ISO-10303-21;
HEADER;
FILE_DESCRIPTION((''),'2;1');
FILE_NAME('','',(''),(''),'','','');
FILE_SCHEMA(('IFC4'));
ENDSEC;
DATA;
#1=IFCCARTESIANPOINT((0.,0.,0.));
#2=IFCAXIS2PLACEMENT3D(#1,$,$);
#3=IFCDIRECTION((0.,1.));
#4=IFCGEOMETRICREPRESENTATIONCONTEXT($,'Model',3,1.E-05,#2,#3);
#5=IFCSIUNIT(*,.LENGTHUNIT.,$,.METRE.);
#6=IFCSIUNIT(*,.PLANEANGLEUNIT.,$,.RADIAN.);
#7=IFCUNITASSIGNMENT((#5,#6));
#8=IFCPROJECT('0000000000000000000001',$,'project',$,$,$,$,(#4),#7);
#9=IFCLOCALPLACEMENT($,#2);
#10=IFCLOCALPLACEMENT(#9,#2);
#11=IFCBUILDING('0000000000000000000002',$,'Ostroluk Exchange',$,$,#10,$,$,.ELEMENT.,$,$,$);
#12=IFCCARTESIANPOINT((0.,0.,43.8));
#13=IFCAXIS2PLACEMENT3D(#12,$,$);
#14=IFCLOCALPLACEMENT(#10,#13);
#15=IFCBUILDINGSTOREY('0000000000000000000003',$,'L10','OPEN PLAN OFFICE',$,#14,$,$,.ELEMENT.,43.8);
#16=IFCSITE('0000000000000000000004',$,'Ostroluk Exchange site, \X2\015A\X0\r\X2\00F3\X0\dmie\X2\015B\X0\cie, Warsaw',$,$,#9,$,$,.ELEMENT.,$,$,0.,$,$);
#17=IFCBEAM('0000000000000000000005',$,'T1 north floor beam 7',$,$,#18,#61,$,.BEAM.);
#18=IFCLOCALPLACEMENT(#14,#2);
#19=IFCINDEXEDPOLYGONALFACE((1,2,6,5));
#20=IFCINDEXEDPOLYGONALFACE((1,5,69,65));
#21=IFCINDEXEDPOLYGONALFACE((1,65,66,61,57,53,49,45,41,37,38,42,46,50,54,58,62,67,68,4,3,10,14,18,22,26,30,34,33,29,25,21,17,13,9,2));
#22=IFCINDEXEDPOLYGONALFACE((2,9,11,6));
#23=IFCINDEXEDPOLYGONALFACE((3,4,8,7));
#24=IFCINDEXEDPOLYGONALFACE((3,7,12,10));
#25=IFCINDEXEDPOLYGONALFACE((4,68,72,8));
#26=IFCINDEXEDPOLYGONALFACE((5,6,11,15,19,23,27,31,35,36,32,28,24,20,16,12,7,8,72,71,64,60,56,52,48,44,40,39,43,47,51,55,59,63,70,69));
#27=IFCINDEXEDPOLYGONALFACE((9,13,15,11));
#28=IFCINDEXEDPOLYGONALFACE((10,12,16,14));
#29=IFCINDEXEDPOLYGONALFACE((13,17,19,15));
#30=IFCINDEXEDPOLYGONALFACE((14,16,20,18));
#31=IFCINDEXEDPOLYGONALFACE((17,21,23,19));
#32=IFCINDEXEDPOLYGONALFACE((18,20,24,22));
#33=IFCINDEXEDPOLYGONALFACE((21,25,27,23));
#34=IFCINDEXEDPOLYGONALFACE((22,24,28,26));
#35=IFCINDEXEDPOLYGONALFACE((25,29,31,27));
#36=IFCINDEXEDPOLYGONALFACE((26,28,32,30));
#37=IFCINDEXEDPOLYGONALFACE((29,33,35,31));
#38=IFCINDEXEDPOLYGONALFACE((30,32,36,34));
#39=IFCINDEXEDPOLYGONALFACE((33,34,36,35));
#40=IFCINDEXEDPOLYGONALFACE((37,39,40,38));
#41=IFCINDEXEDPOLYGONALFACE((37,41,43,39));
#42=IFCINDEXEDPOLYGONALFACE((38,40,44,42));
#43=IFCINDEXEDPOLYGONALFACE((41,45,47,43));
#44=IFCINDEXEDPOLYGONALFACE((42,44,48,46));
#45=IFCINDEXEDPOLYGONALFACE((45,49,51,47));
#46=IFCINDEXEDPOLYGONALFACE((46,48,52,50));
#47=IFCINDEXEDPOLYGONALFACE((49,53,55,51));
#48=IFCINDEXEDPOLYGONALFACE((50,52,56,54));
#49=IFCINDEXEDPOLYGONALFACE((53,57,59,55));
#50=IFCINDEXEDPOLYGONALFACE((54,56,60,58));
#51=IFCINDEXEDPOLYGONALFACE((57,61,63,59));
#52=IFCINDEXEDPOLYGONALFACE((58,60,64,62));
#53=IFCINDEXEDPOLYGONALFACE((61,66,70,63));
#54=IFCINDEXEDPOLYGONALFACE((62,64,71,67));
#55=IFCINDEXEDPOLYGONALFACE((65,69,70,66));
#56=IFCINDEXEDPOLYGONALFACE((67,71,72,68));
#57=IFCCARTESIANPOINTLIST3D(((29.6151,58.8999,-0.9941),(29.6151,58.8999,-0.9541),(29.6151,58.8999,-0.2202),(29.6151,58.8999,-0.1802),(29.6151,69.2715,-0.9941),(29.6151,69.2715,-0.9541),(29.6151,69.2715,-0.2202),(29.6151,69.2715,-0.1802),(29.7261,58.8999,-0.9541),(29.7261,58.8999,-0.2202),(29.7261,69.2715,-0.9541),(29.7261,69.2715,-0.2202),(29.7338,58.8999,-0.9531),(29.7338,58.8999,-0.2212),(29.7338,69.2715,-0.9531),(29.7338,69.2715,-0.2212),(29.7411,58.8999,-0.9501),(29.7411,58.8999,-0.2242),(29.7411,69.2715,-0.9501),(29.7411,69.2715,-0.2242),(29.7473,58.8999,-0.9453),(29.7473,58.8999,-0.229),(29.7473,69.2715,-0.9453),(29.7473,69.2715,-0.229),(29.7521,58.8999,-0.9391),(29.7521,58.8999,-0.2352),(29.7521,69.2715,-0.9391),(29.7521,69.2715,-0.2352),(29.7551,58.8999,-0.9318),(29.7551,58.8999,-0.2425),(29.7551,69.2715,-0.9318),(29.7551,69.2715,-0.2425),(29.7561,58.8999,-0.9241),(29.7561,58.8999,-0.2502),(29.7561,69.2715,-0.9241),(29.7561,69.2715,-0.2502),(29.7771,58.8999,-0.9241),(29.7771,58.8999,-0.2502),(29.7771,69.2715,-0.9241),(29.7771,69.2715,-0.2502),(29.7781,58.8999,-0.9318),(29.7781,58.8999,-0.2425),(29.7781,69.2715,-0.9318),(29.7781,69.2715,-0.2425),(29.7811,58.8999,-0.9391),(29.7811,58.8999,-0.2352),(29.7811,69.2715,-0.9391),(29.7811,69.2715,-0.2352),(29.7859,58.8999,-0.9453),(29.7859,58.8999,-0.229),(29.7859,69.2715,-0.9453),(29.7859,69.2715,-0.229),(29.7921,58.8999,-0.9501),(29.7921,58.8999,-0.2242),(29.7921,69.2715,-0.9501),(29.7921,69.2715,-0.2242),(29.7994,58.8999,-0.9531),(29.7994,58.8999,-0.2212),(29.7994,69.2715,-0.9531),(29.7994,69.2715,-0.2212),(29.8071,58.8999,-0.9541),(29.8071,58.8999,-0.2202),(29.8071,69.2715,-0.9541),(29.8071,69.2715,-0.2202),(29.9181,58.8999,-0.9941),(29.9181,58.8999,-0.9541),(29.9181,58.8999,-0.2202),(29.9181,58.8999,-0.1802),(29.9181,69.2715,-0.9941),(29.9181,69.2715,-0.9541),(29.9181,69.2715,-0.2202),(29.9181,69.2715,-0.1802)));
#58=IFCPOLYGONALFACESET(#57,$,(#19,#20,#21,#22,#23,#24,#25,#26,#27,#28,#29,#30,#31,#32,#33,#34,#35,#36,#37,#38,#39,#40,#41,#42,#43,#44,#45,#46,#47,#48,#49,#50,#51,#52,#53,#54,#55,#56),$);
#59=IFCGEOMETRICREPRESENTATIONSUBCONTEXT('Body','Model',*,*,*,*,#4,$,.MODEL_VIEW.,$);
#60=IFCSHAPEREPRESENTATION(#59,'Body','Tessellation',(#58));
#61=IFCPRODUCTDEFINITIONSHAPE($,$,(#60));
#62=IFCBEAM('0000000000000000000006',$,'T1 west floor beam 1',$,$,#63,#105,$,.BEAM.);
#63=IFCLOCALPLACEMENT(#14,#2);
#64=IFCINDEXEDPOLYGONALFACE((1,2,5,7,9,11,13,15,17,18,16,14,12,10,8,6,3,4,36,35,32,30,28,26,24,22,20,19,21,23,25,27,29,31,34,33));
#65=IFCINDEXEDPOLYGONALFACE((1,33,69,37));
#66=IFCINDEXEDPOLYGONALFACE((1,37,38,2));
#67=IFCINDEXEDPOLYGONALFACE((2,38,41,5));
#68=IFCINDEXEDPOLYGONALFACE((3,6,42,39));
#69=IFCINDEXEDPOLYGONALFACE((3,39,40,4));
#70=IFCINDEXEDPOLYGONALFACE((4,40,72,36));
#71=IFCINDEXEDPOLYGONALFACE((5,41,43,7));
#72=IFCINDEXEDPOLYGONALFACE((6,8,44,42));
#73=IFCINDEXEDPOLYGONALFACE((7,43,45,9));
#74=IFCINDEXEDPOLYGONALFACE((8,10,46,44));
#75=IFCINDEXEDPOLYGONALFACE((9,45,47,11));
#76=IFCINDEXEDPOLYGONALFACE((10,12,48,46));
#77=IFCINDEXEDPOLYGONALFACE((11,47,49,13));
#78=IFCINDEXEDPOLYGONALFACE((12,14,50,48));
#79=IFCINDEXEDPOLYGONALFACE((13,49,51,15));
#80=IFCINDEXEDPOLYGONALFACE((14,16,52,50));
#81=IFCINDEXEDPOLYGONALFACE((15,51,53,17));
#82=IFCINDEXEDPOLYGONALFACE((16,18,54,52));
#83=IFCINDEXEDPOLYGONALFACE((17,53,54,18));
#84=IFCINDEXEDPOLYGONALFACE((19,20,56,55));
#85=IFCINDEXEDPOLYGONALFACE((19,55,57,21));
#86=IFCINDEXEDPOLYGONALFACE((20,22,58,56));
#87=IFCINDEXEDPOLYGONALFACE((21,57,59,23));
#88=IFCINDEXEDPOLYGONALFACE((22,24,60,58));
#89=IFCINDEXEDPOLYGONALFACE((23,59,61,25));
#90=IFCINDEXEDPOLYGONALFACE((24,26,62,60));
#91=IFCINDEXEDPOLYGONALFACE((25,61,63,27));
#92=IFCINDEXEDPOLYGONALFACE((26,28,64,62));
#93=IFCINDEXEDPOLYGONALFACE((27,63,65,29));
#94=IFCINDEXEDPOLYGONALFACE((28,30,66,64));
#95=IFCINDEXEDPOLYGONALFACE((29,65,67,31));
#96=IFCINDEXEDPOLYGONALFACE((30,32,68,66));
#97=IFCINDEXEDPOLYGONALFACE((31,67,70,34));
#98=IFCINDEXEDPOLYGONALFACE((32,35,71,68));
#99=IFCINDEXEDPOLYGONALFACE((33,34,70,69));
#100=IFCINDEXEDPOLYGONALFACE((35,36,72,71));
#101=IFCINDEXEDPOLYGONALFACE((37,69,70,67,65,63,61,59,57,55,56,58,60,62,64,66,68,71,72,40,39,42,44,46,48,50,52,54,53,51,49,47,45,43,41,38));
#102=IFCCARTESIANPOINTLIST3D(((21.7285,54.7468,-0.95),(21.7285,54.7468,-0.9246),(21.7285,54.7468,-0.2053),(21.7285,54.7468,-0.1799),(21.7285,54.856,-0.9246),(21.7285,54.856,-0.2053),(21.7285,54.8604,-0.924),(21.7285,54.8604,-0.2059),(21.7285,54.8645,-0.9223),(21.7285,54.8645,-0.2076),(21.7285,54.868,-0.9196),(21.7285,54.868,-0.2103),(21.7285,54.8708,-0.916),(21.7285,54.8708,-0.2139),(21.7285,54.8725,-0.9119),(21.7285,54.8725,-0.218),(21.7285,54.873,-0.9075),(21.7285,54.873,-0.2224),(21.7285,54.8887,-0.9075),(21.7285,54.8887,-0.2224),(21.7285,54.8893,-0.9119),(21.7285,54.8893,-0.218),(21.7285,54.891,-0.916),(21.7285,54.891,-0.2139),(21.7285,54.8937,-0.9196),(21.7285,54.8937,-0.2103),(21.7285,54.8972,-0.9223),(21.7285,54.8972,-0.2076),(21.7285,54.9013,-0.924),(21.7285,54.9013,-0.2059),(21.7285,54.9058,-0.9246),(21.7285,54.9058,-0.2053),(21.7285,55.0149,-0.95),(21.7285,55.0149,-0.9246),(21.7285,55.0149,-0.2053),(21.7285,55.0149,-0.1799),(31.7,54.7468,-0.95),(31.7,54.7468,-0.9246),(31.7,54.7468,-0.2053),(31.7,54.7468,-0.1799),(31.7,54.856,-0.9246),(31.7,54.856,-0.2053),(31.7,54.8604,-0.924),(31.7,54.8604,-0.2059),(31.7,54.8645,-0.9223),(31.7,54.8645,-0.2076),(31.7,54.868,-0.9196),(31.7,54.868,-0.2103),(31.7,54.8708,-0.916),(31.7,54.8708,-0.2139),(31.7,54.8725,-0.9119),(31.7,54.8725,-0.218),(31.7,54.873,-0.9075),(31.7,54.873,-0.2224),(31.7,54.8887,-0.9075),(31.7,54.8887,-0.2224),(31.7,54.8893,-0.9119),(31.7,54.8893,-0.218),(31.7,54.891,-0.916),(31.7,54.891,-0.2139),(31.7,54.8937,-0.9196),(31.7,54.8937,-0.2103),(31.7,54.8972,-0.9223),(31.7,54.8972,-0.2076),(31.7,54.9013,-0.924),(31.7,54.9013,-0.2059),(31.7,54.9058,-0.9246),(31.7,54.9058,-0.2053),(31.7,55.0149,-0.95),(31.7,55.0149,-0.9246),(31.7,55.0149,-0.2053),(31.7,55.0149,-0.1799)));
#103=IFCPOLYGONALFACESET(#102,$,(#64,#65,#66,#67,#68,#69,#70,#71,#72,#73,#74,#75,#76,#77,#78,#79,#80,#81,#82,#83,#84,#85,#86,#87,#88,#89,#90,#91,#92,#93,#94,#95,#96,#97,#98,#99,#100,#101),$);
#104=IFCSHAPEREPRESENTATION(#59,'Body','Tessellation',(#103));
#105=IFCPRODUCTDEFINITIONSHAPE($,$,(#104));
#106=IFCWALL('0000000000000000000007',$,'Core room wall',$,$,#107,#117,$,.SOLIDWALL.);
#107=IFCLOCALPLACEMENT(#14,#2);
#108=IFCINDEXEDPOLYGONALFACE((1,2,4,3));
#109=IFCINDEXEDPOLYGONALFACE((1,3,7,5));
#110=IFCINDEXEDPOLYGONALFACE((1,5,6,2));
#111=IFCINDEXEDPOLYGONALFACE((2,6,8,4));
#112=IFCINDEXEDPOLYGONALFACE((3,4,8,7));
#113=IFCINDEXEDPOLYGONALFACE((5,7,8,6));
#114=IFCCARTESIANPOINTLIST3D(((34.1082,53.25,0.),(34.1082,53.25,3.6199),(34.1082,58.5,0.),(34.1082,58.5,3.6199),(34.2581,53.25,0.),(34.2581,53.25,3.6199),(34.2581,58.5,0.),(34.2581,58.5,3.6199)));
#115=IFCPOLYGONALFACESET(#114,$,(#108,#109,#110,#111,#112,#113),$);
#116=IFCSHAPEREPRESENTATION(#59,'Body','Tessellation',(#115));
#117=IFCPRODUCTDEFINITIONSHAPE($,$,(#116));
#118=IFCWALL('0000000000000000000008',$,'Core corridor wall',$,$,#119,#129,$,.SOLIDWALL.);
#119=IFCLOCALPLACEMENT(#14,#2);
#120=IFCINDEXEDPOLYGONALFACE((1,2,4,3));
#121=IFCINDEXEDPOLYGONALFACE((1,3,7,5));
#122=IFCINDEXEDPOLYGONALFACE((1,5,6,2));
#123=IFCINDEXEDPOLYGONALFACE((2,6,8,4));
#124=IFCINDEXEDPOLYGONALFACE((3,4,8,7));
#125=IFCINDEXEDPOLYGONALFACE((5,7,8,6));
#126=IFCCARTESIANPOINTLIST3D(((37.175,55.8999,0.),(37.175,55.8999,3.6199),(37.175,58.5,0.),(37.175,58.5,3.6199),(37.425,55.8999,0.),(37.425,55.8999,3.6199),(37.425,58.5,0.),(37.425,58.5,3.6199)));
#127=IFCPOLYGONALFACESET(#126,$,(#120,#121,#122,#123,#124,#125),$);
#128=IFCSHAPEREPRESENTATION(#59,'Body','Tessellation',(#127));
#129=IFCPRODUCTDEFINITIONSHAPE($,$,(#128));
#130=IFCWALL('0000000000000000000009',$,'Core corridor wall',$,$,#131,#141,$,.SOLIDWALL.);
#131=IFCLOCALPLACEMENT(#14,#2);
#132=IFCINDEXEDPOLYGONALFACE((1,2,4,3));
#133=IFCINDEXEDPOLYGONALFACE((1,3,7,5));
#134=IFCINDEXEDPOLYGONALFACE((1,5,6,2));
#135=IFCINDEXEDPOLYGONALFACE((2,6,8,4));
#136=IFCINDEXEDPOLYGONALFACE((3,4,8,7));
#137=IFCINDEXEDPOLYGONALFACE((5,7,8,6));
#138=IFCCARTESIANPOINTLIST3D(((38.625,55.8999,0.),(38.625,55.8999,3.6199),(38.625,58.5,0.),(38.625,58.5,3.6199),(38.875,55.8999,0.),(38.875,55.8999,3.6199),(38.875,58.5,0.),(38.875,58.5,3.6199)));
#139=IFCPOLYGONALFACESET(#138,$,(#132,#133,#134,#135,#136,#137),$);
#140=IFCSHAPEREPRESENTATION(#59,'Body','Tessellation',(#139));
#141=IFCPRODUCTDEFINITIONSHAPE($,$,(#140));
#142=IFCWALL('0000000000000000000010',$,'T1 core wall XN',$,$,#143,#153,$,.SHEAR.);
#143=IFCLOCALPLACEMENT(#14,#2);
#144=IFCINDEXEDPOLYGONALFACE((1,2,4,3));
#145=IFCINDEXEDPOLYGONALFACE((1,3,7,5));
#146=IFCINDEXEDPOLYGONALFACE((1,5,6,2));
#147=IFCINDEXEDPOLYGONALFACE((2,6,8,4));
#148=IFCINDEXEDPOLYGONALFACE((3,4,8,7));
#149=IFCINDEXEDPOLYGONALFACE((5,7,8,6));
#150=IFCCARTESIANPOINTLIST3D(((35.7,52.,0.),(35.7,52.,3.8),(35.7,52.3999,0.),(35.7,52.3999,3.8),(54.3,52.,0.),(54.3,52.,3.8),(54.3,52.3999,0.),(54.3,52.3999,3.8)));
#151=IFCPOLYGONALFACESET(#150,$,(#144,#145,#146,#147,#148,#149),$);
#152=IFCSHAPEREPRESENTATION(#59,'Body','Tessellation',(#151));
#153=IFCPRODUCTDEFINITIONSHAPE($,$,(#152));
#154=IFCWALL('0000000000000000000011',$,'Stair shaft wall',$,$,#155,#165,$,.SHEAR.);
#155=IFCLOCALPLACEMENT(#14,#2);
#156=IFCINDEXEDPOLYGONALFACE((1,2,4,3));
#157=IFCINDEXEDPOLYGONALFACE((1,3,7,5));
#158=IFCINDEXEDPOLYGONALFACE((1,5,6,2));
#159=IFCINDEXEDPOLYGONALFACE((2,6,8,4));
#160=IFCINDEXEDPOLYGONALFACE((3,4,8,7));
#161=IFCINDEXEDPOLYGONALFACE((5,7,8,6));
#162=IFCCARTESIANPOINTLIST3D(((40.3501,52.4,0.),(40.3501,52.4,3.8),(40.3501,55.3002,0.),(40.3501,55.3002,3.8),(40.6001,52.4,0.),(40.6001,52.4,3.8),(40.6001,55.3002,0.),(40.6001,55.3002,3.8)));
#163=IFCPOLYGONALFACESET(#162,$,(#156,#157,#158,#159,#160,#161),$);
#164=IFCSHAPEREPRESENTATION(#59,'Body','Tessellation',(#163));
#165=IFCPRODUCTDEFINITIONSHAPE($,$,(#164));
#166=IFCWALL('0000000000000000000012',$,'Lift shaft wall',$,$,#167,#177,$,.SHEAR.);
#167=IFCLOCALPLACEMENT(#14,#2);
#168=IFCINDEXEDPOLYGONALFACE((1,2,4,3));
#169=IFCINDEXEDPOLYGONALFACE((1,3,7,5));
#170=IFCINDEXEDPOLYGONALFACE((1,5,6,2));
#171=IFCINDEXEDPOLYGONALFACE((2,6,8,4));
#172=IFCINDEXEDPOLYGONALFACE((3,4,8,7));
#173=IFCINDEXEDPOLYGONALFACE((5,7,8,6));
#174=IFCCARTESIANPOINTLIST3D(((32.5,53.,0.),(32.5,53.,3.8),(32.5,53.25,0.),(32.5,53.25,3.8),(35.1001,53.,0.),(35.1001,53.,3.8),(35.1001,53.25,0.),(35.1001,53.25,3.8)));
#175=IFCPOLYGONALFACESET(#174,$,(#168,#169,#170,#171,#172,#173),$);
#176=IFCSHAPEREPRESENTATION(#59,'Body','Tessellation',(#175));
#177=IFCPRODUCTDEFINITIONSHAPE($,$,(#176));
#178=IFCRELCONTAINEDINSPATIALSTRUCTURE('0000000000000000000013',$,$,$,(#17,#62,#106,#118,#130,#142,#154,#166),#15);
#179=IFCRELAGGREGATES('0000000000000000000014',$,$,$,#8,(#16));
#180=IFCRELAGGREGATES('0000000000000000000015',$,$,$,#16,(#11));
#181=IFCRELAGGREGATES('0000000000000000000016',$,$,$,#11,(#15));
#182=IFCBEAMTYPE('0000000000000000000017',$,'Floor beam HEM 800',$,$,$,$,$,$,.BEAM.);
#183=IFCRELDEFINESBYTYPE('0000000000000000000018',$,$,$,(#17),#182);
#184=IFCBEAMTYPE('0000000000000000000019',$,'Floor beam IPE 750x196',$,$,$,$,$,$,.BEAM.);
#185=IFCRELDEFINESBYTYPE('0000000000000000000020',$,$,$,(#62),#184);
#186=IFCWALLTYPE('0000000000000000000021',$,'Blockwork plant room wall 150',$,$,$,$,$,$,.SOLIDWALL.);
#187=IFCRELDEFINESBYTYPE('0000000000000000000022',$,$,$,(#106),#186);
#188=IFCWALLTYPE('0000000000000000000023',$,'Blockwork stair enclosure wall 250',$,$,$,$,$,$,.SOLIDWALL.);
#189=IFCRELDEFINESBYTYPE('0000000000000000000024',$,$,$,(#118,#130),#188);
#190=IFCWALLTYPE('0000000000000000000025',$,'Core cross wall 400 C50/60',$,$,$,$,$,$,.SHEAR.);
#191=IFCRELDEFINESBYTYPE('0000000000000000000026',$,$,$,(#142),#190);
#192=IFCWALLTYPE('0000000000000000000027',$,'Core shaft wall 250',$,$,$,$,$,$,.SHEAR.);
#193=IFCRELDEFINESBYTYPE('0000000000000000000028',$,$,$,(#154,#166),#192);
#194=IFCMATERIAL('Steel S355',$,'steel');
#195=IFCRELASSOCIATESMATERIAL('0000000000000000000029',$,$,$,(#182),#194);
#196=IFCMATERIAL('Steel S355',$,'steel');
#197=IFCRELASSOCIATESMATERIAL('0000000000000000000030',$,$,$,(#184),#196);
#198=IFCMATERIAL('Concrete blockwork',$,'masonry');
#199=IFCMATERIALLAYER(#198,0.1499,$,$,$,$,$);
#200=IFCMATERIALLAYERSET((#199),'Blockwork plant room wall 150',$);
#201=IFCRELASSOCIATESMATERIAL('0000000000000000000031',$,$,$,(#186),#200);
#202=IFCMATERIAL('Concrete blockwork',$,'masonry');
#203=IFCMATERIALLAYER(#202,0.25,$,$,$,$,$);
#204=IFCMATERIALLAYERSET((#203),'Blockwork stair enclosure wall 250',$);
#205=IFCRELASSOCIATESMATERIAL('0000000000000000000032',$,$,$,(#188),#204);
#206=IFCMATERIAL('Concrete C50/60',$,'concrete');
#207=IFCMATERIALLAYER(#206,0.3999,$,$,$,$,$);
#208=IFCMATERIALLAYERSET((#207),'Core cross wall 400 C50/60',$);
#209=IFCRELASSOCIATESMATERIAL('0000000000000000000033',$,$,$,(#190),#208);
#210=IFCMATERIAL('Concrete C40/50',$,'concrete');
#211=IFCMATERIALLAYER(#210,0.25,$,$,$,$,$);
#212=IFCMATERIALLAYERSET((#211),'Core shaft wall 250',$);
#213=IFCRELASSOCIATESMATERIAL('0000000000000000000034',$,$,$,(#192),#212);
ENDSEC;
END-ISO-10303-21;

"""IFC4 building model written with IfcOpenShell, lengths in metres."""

from ifc_helpers import new_model, si_unit, direction, frame, frame_2d, origin, origin_2d, place, context, subcontext, project, spatial, rectangle, i_section, extrude, material, layer, layer_set, material_profile, profile_set, type_object, element, save


model = new_model("IFC4")

# Units and contexts
model_context = context("Model", 3, precision=1e-05, world=origin(), true_north=direction((0.0, 1.0)))
body_context = subcontext(model_context, "Body", "Model", "MODEL_VIEW")
ifc_project = project(units=[si_unit("LENGTHUNIT", "METRE"), si_unit("PLANEANGLEUNIT", "RADIAN")], contexts=[model_context])

# Site, building, storey
site_placement = place(None, origin())
site = spatial("IfcSite", under=ifc_project, at=site_placement, Name="Ostroluk Exchange site, Śródmieście, Warsaw", CompositionType="ELEMENT", RefElevation=0.0)
building_placement = place(site_placement, origin())
building = spatial("IfcBuilding", under=site, at=building_placement, Name="Ostroluk Exchange", CompositionType="ELEMENT")
storey_placement = place(building_placement, frame((0.0, 0.0, 43.8)))
storey = spatial("IfcBuildingStorey", under=building, at=storey_placement, Name="L10", Description="OPEN PLAN OFFICE", CompositionType="ELEMENT", Elevation=43.8)

# Beams
ifc_material_1 = material(Name="Steel S355", Category="steel")
ifc_material_profile_1 = material_profile(ifc_material_1, i_section(OverallWidth=0.303, OverallDepth=0.814, WebThickness=0.021, FlangeThickness=0.04, FilletRadius=0.03, at=origin_2d()), Name="HEM 800")
ifc_profile_set_1 = profile_set([ifc_material_profile_1], Name="Steel S355")
beam_type_1 = type_object("IfcBeamType", Name="Floor beam HEM 800", PredefinedType="BEAM", material=ifc_profile_set_1)
beam_1_placement = place(storey_placement, frame((29.7666, 58.8999, -0.5872), z_axis=(0.0, 1.0, 0.0), x_axis=(-1.0, 0.0, 0.0)))
element("IfcBeam", 1, at=beam_1_placement, inside=storey, type_object=beam_type_1, Name="T1 north floor beam 7", PredefinedType="BEAM", context=body_context, shape_type="SweptSolid", body=[
    extrude(i_section(OverallWidth=0.303, OverallDepth=0.814, WebThickness=0.021, FlangeThickness=0.04, FilletRadius=0.03, at=origin_2d()), origin(), (0.0, 0.0, 1.0), 10.3716),
])
ifc_material_2 = material(Name="Steel S355", Category="steel")
ifc_material_profile_2 = material_profile(ifc_material_2, i_section(OverallWidth=0.2681, OverallDepth=0.77, WebThickness=0.0156, FlangeThickness=0.0254, FilletRadius=0.0171, at=origin_2d()), Name="IPE 750x196")
ifc_profile_set_2 = profile_set([ifc_material_profile_2], Name="Steel S355")
beam_type_2 = type_object("IfcBeamType", Name="Floor beam IPE 750x196", PredefinedType="BEAM", material=ifc_profile_set_2)
beam_2_placement = place(storey_placement, frame((31.7, 54.8809, -0.5649), z_axis=(-1.0, 0.0, 0.0), x_axis=(0.0, -1.0, 0.0)))
element("IfcBeam", 2, at=beam_2_placement, inside=storey, type_object=beam_type_2, Name="T1 west floor beam 1", PredefinedType="BEAM", context=body_context, shape_type="SweptSolid", body=[
    extrude(i_section(OverallWidth=0.2681, OverallDepth=0.77, WebThickness=0.0156, FlangeThickness=0.0254, FilletRadius=0.0171, at=origin_2d()), origin(), (0.0, 0.0, 1.0), 9.9714),
])

# Walls
ifc_material_3 = material(Name="Concrete blockwork", Category="masonry")
ifc_layer_1 = layer(ifc_material_3, 0.1499)
ifc_layer_set_1 = layer_set([ifc_layer_1], Name="Blockwork plant room wall 150")
wall_type_1 = type_object("IfcWallType", Name="Blockwork plant room wall 150", PredefinedType="SOLIDWALL", material=ifc_layer_set_1)
wall_1_placement = place(storey_placement, frame((34.1831, 53.25, 0.0), z_axis=(0.0, 0.0, 1.0), x_axis=(0.0, 1.0, 0.0)))
element("IfcWall", 3, at=wall_1_placement, inside=storey, type_object=wall_type_1, Name="Core room wall", PredefinedType="SOLIDWALL", context=body_context, shape_type="SweptSolid", body=[
    extrude(rectangle(XDim=5.25, YDim=0.1499, at=frame_2d((2.625, 0.0))), origin(), (0.0, 0.0, 1.0), 3.6199),
])
ifc_material_4 = material(Name="Concrete blockwork", Category="masonry")
ifc_layer_2 = layer(ifc_material_4, 0.25)
ifc_layer_set_2 = layer_set([ifc_layer_2], Name="Blockwork stair enclosure wall 250")
wall_type_2 = type_object("IfcWallType", Name="Blockwork stair enclosure wall 250", PredefinedType="SOLIDWALL", material=ifc_layer_set_2)
for number, where, z_axis, x_axis, name in (
    (4, (37.3, 55.8999, 0.0), (0.0, 0.0, 1.0), (0.0, 1.0, 0.0), "Core corridor wall"),
    (5, (38.75, 55.8999, 0.0), (0.0, 0.0, 1.0), (0.0, 1.0, 0.0), "Core corridor wall"),
):
    element("IfcWall", number, at=place(storey_placement, frame(where, z_axis=z_axis, x_axis=x_axis)), inside=storey, type_object=wall_type_2, Name=name, PredefinedType="SOLIDWALL", context=body_context, shape_type="SweptSolid", body=[
        extrude(rectangle(XDim=2.6001, YDim=0.25, at=frame_2d((1.3, 0.0))), origin(), (0.0, 0.0, 1.0), 3.6199),
    ])
ifc_material_5 = material(Name="Concrete C50/60", Category="concrete")
ifc_layer_3 = layer(ifc_material_5, 0.3999)
ifc_layer_set_3 = layer_set([ifc_layer_3], Name="Core cross wall 400 C50/60")
wall_type_3 = type_object("IfcWallType", Name="Core cross wall 400 C50/60", PredefinedType="SHEAR", material=ifc_layer_set_3)
wall_2_placement = place(storey_placement, frame((35.7, 52.2, 0.0), z_axis=(0.0, 0.0, 1.0), x_axis=(1.0, 0.0, 0.0)))
element("IfcWall", 6, at=wall_2_placement, inside=storey, type_object=wall_type_3, Name="T1 core wall XN", PredefinedType="SHEAR", context=body_context, shape_type="SweptSolid", body=[
    extrude(rectangle(XDim=18.6001, YDim=0.3999, at=frame_2d((9.3, 0.0))), origin(), (0.0, 0.0, 1.0), 3.8),
])
ifc_material_6 = material(Name="Concrete C40/50", Category="concrete")
ifc_layer_4 = layer(ifc_material_6, 0.25)
ifc_layer_set_4 = layer_set([ifc_layer_4], Name="Core shaft wall 250")
wall_type_4 = type_object("IfcWallType", Name="Core shaft wall 250", PredefinedType="SHEAR", material=ifc_layer_set_4)
wall_3_placement = place(storey_placement, frame((40.4751, 52.3999, 0.0), z_axis=(0.0, 0.0, 1.0), x_axis=(0.0, 1.0, 0.0)))
element("IfcWall", 7, at=wall_3_placement, inside=storey, type_object=wall_type_4, Name="Stair shaft wall", PredefinedType="SHEAR", context=body_context, shape_type="SweptSolid", body=[
    extrude(rectangle(XDim=2.9001, YDim=0.25, at=frame_2d((1.4502, 0.0))), origin(), (0.0, 0.0, 1.0), 3.8),
])
wall_4_placement = place(storey_placement, frame((32.5, 53.125, 0.0), z_axis=(0.0, 0.0, 1.0), x_axis=(1.0, 0.0, 0.0)))
element("IfcWall", 8, at=wall_4_placement, inside=storey, type_object=wall_type_4, Name="Lift shaft wall", PredefinedType="SHEAR", context=body_context, shape_type="SweptSolid", body=[
    extrude(rectangle(XDim=2.6001, YDim=0.25, at=frame_2d((1.3, 0.0))), origin(), (0.0, 0.0, 1.0), 3.8),
])

save(model, "model.ifc")
